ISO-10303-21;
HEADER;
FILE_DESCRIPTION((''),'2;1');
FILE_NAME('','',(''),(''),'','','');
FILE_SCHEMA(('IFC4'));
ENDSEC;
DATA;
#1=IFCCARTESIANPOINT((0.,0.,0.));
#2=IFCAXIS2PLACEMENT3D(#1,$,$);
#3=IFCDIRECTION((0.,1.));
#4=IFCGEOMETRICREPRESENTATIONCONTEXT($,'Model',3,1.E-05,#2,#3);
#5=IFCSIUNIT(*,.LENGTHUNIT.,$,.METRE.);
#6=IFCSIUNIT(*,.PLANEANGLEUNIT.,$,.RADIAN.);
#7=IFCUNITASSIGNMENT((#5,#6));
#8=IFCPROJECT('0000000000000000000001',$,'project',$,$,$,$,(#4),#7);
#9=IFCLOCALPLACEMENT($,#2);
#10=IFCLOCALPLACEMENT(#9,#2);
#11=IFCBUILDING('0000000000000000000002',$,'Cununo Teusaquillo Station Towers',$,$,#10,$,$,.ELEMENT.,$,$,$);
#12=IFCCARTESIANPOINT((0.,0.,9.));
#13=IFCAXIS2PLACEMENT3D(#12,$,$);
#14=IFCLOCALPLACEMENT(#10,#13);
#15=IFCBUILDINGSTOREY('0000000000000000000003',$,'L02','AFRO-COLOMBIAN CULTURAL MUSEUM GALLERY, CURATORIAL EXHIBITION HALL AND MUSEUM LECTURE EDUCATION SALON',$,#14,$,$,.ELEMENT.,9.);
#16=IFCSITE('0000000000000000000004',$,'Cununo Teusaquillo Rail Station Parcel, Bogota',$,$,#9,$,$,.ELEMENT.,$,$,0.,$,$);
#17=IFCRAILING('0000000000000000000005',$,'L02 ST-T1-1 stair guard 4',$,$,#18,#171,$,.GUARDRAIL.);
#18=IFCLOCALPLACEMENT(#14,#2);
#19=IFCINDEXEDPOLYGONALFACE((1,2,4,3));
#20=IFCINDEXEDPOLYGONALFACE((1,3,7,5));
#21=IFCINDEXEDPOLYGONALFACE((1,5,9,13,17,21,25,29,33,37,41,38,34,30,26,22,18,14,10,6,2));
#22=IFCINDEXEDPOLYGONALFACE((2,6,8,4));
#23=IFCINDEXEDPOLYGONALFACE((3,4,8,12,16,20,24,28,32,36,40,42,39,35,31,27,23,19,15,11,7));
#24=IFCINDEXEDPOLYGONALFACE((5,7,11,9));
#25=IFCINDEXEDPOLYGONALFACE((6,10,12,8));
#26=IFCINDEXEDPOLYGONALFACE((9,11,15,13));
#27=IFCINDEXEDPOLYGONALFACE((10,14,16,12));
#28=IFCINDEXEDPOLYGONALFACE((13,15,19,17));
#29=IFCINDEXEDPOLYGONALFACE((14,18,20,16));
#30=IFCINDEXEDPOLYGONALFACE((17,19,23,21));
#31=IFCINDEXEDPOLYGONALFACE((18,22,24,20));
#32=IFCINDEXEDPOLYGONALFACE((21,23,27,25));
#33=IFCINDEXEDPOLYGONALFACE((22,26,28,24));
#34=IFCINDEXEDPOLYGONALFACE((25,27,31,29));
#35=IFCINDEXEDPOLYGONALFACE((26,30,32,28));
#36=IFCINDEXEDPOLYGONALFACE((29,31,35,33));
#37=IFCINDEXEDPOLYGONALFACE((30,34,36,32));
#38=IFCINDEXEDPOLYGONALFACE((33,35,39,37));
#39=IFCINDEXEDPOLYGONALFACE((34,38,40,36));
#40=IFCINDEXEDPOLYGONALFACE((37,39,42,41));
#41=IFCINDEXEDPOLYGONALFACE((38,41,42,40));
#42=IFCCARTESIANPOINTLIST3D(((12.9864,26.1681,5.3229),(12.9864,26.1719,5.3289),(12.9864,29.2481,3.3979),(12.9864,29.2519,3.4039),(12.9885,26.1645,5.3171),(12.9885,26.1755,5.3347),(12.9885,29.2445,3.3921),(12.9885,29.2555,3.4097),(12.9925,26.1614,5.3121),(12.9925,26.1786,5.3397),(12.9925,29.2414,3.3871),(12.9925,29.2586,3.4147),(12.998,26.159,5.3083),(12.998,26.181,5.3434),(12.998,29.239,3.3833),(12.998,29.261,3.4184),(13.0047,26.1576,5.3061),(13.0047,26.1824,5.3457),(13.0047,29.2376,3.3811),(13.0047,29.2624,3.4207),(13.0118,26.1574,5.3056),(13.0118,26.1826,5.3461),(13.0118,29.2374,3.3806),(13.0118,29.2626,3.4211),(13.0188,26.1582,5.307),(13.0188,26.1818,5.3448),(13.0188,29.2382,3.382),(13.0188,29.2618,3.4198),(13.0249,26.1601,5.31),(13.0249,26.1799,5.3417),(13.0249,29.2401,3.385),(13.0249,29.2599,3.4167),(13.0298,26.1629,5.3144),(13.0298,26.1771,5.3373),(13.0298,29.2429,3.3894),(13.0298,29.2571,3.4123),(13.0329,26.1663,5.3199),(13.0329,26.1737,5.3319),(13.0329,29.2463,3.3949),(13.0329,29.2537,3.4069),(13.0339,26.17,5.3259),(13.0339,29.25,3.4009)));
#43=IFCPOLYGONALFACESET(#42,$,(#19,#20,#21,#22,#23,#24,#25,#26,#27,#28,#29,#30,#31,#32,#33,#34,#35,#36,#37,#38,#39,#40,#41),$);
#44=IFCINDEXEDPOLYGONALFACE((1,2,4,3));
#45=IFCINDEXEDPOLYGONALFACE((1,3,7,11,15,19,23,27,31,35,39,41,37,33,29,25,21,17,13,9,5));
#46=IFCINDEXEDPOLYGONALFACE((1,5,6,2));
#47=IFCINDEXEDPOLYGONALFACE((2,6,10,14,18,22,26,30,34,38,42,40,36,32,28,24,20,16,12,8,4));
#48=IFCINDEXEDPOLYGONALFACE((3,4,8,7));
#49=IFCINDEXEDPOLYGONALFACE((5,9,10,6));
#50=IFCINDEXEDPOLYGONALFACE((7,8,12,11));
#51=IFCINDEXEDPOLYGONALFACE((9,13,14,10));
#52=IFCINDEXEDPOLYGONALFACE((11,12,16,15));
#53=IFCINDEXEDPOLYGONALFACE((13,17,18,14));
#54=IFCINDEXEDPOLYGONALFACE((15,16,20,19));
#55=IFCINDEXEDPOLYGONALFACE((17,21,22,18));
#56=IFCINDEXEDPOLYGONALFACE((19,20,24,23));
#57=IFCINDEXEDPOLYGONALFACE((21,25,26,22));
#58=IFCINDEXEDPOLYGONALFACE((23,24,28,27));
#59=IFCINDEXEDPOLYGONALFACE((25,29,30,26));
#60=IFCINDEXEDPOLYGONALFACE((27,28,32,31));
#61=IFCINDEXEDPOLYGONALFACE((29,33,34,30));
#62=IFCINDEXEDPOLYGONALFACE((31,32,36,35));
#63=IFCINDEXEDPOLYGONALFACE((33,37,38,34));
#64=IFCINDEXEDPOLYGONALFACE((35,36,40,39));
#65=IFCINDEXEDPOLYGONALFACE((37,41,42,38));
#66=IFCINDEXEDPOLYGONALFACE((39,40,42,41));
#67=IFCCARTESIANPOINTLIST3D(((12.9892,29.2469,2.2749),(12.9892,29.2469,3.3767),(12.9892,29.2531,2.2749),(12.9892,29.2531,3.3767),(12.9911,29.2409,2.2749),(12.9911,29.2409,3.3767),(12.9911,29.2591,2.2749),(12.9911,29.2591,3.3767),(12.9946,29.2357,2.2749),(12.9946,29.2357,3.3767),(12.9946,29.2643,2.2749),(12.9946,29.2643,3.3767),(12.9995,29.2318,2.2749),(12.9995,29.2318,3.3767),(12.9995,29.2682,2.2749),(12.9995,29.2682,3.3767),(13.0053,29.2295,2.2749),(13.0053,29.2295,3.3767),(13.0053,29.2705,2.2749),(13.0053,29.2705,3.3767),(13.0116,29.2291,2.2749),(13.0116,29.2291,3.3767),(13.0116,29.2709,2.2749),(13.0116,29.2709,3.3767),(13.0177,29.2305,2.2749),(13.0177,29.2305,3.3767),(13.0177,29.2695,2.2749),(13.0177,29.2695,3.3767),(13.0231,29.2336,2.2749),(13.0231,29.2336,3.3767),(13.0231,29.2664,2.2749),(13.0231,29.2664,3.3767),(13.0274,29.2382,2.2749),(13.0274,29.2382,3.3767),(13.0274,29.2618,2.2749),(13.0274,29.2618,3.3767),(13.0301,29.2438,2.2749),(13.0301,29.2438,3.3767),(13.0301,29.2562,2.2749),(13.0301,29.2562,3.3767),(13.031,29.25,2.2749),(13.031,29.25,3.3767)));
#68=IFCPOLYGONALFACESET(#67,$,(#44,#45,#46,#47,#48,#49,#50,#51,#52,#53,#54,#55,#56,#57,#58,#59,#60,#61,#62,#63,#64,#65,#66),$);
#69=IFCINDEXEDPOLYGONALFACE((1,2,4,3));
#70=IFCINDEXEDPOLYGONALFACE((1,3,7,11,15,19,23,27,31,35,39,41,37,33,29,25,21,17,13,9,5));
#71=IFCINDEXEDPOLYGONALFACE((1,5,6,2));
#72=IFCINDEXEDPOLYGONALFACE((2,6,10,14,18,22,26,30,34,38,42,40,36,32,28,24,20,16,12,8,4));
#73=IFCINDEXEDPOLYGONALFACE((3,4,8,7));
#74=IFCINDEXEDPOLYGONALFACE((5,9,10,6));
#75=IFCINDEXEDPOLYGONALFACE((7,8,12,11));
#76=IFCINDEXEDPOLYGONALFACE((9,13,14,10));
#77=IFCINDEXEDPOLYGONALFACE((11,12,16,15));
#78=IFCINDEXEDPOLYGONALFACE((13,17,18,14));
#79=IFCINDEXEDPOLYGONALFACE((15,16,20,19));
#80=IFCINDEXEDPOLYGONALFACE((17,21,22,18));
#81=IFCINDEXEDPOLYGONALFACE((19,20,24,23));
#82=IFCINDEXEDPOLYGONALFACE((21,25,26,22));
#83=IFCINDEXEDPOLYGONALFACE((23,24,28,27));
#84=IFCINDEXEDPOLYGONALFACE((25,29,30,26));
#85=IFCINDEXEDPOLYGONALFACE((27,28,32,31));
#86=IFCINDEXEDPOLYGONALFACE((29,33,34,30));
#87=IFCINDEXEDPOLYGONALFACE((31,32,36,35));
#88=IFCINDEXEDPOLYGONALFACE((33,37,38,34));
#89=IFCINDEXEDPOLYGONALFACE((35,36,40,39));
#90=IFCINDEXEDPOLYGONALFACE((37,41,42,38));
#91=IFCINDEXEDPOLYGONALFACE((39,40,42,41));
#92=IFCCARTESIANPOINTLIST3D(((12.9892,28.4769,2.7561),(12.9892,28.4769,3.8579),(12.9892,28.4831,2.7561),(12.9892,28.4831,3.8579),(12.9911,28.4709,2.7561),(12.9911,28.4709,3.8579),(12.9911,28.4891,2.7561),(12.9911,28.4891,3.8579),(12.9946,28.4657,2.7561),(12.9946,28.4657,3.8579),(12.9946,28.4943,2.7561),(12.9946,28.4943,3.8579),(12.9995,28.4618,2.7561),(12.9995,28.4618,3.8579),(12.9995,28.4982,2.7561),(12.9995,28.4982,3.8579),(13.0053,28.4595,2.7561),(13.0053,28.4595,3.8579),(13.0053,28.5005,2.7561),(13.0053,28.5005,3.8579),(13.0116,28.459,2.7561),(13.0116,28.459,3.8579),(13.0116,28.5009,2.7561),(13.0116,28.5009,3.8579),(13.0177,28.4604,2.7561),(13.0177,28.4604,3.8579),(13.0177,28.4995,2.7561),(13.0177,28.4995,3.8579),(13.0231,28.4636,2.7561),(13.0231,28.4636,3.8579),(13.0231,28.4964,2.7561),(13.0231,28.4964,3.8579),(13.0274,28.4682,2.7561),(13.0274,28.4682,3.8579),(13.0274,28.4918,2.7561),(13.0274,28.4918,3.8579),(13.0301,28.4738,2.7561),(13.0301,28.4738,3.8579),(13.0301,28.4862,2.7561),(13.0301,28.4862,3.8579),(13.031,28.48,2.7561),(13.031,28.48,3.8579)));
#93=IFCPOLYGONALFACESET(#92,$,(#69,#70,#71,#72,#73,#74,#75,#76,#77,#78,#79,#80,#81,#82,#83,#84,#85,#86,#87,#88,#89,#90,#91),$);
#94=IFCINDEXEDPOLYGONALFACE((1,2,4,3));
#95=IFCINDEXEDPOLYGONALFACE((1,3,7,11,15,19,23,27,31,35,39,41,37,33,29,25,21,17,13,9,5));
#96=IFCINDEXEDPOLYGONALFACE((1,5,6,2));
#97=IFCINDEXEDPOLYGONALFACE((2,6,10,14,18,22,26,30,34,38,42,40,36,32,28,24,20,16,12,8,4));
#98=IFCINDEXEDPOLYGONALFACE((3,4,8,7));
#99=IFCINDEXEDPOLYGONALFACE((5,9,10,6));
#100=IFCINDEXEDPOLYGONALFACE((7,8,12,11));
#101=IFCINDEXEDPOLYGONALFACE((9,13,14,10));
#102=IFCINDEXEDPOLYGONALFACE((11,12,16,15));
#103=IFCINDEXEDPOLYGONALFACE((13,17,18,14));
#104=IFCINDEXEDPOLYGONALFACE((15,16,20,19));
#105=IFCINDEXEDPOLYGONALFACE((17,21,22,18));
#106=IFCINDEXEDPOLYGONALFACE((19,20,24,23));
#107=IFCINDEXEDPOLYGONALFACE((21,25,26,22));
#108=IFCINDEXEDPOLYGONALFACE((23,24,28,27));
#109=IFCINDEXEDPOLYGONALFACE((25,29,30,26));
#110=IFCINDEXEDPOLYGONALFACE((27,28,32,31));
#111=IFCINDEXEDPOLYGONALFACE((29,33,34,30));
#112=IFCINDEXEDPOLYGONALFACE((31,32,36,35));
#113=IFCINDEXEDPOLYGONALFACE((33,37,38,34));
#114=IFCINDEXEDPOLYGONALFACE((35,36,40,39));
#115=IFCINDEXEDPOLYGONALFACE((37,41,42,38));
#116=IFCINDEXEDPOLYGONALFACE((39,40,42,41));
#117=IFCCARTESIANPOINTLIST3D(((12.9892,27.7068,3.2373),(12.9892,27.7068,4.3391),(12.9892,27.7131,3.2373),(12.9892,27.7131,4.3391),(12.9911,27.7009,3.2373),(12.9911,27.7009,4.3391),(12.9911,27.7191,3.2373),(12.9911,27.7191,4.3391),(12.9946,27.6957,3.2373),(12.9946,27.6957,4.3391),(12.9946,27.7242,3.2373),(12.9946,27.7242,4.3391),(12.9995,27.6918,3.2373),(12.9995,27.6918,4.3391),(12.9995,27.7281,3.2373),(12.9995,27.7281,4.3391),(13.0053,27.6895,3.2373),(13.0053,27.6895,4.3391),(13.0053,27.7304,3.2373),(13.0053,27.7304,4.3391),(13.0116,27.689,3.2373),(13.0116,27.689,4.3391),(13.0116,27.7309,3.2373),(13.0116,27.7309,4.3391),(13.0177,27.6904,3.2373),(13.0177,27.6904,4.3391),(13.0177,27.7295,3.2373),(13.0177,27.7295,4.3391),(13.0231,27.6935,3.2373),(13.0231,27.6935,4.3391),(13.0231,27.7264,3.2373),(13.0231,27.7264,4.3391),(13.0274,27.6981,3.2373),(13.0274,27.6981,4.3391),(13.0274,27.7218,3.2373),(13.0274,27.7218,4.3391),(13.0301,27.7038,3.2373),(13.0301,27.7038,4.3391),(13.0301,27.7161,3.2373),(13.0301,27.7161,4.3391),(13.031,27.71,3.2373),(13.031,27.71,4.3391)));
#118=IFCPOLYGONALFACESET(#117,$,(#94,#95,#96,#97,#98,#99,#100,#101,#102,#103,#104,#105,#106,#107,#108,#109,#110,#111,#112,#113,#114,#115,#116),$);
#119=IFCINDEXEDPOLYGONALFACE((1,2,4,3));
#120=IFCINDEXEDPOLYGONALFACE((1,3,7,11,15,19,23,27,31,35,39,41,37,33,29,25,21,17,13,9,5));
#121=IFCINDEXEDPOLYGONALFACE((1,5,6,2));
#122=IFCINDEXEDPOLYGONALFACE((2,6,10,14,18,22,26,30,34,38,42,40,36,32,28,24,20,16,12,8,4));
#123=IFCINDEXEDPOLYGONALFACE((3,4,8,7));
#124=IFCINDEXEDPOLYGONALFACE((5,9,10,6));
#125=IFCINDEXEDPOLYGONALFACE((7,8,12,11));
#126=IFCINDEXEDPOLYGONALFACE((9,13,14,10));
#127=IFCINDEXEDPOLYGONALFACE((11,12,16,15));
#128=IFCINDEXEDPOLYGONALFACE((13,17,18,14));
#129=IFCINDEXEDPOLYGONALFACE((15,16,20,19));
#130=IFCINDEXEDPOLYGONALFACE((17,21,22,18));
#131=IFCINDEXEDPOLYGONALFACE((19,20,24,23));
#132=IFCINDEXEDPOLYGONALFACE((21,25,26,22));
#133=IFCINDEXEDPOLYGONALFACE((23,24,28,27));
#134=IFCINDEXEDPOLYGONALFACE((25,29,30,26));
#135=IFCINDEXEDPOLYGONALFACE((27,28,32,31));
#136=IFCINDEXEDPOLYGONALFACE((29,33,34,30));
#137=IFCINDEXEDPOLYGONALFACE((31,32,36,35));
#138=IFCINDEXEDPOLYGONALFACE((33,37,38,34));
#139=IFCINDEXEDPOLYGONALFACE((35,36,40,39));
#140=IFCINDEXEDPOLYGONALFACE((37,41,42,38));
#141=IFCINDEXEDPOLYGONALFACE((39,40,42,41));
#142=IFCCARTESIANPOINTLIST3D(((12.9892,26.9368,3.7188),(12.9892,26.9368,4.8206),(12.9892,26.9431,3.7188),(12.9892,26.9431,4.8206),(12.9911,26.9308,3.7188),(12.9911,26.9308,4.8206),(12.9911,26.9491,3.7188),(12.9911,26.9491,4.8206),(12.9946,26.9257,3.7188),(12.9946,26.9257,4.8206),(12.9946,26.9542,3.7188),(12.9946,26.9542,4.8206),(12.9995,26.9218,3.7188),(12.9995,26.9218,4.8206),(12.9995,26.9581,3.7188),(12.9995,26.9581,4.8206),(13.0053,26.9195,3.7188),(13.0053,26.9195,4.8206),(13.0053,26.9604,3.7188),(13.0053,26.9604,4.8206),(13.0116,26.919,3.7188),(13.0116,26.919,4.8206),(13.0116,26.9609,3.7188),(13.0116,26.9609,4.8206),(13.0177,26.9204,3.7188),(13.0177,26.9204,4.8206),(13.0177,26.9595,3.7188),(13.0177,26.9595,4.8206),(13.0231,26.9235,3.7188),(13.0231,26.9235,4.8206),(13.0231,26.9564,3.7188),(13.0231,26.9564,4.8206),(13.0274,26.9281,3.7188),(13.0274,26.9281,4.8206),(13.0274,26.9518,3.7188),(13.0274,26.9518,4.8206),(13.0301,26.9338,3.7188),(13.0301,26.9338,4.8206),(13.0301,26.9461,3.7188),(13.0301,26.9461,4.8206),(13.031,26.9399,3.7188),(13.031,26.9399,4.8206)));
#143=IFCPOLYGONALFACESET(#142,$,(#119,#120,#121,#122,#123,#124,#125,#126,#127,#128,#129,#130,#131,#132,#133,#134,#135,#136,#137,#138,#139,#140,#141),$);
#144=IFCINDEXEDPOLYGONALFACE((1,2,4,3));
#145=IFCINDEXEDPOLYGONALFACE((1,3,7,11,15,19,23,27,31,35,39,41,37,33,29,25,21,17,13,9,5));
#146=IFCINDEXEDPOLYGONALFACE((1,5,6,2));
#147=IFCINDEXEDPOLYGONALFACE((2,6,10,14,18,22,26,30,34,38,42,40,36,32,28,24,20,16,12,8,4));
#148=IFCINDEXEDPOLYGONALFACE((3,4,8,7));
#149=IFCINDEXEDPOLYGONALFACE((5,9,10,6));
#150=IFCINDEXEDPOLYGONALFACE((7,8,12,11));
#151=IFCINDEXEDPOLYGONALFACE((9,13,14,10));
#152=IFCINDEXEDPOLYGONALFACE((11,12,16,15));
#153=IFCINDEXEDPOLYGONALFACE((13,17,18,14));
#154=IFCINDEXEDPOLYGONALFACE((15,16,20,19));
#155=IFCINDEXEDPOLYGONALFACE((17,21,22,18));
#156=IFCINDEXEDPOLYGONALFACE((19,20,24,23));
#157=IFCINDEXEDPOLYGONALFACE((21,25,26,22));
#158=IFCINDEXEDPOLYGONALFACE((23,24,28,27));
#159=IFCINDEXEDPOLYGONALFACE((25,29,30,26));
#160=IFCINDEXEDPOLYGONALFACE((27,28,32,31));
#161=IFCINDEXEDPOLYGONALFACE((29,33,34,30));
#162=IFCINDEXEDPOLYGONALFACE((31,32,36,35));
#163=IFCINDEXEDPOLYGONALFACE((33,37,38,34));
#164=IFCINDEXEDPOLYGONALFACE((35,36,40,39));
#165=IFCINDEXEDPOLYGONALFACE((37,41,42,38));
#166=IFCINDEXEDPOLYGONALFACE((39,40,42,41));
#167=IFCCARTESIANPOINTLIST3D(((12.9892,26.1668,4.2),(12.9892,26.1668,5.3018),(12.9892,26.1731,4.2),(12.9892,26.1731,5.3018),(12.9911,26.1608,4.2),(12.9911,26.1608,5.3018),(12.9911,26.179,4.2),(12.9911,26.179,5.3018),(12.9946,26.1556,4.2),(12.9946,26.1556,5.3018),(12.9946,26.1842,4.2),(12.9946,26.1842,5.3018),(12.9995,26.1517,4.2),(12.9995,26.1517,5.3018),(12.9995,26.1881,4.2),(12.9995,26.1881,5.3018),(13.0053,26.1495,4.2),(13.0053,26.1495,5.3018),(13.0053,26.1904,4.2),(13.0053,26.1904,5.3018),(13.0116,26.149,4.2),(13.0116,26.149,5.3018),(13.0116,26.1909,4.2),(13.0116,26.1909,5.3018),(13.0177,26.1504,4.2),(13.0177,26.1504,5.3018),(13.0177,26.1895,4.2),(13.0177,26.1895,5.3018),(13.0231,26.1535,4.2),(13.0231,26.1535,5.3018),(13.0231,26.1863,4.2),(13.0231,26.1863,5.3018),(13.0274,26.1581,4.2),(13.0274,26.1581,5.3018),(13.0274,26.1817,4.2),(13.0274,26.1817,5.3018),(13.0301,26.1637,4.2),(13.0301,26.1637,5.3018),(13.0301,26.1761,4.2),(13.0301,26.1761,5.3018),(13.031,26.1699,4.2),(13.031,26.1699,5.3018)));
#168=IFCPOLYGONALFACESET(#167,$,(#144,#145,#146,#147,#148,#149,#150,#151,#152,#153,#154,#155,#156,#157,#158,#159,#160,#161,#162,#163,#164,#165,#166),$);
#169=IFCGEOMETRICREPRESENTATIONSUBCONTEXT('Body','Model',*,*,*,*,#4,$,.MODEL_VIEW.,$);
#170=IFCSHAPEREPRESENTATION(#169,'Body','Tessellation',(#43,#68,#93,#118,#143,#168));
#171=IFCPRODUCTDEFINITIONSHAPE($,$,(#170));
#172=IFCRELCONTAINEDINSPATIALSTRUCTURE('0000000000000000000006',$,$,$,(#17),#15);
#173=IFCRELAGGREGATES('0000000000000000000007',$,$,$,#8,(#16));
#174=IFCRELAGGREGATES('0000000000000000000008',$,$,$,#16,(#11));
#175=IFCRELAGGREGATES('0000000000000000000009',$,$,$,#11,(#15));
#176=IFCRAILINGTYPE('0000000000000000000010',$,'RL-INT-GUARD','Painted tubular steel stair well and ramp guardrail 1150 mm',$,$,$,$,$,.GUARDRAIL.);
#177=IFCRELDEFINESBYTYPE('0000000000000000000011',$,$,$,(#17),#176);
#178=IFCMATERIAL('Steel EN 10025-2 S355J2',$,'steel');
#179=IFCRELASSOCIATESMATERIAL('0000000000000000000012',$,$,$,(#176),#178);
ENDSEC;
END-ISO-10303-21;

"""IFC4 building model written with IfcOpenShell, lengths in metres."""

from ifc_helpers import new_model, si_unit, direction, frame, origin, origin_2d, place, context, subcontext, project, spatial, circle, extrude, material, type_object, element, save


model = new_model("IFC4")

# Units and contexts
model_context = context("Model", 3, precision=1e-05, world=origin(), true_north=direction((0.0, 1.0)))
body_context = subcontext(model_context, "Body", "Model", "MODEL_VIEW")
ifc_project = project(units=[si_unit("LENGTHUNIT", "METRE"), si_unit("PLANEANGLEUNIT", "RADIAN")], contexts=[model_context])

# Site, building, storey
site_placement = place(None, origin())
site = spatial("IfcSite", under=ifc_project, at=site_placement, Name="Cununo Teusaquillo Rail Station Parcel, Bogota", CompositionType="ELEMENT", RefElevation=0.0)
building_placement = place(site_placement, origin())
building = spatial("IfcBuilding", under=site, at=building_placement, Name="Cununo Teusaquillo Station Towers", CompositionType="ELEMENT")
storey_placement = place(building_placement, frame((0.0, 0.0, 9.0)))
storey = spatial("IfcBuildingStorey", under=building, at=storey_placement, Name="L02", Description="AFRO-COLOMBIAN CULTURAL MUSEUM GALLERY, CURATORIAL EXHIBITION HALL AND MUSEUM LECTURE EDUCATION SALON", CompositionType="ELEMENT", Elevation=9.0)

# Railing
ifc_material_1 = material(Name="Steel EN 10025-2 S355J2", Category="steel")
railing_type_1 = type_object("IfcRailingType", Name="RL-INT-GUARD", Description="Painted tubular steel stair well and ramp guardrail 1150 mm", PredefinedType="GUARDRAIL", material=ifc_material_1)
railing_1_placement = place(storey_placement, frame((13.01, 29.25, 2.2749)))
element("IfcRailing", 1, at=railing_1_placement, inside=storey, type_object=railing_type_1, Name="L02 ST-T1-1 stair guard 4", PredefinedType="GUARDRAIL", context=body_context, shape_type="SweptSolid", body=[
    extrude(circle(Radius=0.0239, at=origin_2d()), frame((0.0, 0.0, 1.126), z_axis=(0.0, -0.847998, 0.529999), x_axis=(1.0, 0.0, 0.0)), (0.0, 0.0, 1.0), 3.6321),
    extrude(circle(Radius=0.021, at=origin_2d()), origin(), (0.0, 0.0, 1.0), 1.1018),
    extrude(circle(Radius=0.021, at=origin_2d()), frame((0.0, -0.77, 0.4812)), (0.0, 0.0, 1.0), 1.1018),
    extrude(circle(Radius=0.021, at=origin_2d()), frame((0.0, -1.54, 0.9624)), (0.0, 0.0, 1.0), 1.1018),
    extrude(circle(Radius=0.021, at=origin_2d()), frame((0.0, -2.3101, 1.4438)), (0.0, 0.0, 1.0), 1.1018),
    extrude(circle(Radius=0.021, at=origin_2d()), frame((0.0, -3.0801, 1.925)), (0.0, 0.0, 1.0), 1.1018),
])

save(model, "model.ifc")
